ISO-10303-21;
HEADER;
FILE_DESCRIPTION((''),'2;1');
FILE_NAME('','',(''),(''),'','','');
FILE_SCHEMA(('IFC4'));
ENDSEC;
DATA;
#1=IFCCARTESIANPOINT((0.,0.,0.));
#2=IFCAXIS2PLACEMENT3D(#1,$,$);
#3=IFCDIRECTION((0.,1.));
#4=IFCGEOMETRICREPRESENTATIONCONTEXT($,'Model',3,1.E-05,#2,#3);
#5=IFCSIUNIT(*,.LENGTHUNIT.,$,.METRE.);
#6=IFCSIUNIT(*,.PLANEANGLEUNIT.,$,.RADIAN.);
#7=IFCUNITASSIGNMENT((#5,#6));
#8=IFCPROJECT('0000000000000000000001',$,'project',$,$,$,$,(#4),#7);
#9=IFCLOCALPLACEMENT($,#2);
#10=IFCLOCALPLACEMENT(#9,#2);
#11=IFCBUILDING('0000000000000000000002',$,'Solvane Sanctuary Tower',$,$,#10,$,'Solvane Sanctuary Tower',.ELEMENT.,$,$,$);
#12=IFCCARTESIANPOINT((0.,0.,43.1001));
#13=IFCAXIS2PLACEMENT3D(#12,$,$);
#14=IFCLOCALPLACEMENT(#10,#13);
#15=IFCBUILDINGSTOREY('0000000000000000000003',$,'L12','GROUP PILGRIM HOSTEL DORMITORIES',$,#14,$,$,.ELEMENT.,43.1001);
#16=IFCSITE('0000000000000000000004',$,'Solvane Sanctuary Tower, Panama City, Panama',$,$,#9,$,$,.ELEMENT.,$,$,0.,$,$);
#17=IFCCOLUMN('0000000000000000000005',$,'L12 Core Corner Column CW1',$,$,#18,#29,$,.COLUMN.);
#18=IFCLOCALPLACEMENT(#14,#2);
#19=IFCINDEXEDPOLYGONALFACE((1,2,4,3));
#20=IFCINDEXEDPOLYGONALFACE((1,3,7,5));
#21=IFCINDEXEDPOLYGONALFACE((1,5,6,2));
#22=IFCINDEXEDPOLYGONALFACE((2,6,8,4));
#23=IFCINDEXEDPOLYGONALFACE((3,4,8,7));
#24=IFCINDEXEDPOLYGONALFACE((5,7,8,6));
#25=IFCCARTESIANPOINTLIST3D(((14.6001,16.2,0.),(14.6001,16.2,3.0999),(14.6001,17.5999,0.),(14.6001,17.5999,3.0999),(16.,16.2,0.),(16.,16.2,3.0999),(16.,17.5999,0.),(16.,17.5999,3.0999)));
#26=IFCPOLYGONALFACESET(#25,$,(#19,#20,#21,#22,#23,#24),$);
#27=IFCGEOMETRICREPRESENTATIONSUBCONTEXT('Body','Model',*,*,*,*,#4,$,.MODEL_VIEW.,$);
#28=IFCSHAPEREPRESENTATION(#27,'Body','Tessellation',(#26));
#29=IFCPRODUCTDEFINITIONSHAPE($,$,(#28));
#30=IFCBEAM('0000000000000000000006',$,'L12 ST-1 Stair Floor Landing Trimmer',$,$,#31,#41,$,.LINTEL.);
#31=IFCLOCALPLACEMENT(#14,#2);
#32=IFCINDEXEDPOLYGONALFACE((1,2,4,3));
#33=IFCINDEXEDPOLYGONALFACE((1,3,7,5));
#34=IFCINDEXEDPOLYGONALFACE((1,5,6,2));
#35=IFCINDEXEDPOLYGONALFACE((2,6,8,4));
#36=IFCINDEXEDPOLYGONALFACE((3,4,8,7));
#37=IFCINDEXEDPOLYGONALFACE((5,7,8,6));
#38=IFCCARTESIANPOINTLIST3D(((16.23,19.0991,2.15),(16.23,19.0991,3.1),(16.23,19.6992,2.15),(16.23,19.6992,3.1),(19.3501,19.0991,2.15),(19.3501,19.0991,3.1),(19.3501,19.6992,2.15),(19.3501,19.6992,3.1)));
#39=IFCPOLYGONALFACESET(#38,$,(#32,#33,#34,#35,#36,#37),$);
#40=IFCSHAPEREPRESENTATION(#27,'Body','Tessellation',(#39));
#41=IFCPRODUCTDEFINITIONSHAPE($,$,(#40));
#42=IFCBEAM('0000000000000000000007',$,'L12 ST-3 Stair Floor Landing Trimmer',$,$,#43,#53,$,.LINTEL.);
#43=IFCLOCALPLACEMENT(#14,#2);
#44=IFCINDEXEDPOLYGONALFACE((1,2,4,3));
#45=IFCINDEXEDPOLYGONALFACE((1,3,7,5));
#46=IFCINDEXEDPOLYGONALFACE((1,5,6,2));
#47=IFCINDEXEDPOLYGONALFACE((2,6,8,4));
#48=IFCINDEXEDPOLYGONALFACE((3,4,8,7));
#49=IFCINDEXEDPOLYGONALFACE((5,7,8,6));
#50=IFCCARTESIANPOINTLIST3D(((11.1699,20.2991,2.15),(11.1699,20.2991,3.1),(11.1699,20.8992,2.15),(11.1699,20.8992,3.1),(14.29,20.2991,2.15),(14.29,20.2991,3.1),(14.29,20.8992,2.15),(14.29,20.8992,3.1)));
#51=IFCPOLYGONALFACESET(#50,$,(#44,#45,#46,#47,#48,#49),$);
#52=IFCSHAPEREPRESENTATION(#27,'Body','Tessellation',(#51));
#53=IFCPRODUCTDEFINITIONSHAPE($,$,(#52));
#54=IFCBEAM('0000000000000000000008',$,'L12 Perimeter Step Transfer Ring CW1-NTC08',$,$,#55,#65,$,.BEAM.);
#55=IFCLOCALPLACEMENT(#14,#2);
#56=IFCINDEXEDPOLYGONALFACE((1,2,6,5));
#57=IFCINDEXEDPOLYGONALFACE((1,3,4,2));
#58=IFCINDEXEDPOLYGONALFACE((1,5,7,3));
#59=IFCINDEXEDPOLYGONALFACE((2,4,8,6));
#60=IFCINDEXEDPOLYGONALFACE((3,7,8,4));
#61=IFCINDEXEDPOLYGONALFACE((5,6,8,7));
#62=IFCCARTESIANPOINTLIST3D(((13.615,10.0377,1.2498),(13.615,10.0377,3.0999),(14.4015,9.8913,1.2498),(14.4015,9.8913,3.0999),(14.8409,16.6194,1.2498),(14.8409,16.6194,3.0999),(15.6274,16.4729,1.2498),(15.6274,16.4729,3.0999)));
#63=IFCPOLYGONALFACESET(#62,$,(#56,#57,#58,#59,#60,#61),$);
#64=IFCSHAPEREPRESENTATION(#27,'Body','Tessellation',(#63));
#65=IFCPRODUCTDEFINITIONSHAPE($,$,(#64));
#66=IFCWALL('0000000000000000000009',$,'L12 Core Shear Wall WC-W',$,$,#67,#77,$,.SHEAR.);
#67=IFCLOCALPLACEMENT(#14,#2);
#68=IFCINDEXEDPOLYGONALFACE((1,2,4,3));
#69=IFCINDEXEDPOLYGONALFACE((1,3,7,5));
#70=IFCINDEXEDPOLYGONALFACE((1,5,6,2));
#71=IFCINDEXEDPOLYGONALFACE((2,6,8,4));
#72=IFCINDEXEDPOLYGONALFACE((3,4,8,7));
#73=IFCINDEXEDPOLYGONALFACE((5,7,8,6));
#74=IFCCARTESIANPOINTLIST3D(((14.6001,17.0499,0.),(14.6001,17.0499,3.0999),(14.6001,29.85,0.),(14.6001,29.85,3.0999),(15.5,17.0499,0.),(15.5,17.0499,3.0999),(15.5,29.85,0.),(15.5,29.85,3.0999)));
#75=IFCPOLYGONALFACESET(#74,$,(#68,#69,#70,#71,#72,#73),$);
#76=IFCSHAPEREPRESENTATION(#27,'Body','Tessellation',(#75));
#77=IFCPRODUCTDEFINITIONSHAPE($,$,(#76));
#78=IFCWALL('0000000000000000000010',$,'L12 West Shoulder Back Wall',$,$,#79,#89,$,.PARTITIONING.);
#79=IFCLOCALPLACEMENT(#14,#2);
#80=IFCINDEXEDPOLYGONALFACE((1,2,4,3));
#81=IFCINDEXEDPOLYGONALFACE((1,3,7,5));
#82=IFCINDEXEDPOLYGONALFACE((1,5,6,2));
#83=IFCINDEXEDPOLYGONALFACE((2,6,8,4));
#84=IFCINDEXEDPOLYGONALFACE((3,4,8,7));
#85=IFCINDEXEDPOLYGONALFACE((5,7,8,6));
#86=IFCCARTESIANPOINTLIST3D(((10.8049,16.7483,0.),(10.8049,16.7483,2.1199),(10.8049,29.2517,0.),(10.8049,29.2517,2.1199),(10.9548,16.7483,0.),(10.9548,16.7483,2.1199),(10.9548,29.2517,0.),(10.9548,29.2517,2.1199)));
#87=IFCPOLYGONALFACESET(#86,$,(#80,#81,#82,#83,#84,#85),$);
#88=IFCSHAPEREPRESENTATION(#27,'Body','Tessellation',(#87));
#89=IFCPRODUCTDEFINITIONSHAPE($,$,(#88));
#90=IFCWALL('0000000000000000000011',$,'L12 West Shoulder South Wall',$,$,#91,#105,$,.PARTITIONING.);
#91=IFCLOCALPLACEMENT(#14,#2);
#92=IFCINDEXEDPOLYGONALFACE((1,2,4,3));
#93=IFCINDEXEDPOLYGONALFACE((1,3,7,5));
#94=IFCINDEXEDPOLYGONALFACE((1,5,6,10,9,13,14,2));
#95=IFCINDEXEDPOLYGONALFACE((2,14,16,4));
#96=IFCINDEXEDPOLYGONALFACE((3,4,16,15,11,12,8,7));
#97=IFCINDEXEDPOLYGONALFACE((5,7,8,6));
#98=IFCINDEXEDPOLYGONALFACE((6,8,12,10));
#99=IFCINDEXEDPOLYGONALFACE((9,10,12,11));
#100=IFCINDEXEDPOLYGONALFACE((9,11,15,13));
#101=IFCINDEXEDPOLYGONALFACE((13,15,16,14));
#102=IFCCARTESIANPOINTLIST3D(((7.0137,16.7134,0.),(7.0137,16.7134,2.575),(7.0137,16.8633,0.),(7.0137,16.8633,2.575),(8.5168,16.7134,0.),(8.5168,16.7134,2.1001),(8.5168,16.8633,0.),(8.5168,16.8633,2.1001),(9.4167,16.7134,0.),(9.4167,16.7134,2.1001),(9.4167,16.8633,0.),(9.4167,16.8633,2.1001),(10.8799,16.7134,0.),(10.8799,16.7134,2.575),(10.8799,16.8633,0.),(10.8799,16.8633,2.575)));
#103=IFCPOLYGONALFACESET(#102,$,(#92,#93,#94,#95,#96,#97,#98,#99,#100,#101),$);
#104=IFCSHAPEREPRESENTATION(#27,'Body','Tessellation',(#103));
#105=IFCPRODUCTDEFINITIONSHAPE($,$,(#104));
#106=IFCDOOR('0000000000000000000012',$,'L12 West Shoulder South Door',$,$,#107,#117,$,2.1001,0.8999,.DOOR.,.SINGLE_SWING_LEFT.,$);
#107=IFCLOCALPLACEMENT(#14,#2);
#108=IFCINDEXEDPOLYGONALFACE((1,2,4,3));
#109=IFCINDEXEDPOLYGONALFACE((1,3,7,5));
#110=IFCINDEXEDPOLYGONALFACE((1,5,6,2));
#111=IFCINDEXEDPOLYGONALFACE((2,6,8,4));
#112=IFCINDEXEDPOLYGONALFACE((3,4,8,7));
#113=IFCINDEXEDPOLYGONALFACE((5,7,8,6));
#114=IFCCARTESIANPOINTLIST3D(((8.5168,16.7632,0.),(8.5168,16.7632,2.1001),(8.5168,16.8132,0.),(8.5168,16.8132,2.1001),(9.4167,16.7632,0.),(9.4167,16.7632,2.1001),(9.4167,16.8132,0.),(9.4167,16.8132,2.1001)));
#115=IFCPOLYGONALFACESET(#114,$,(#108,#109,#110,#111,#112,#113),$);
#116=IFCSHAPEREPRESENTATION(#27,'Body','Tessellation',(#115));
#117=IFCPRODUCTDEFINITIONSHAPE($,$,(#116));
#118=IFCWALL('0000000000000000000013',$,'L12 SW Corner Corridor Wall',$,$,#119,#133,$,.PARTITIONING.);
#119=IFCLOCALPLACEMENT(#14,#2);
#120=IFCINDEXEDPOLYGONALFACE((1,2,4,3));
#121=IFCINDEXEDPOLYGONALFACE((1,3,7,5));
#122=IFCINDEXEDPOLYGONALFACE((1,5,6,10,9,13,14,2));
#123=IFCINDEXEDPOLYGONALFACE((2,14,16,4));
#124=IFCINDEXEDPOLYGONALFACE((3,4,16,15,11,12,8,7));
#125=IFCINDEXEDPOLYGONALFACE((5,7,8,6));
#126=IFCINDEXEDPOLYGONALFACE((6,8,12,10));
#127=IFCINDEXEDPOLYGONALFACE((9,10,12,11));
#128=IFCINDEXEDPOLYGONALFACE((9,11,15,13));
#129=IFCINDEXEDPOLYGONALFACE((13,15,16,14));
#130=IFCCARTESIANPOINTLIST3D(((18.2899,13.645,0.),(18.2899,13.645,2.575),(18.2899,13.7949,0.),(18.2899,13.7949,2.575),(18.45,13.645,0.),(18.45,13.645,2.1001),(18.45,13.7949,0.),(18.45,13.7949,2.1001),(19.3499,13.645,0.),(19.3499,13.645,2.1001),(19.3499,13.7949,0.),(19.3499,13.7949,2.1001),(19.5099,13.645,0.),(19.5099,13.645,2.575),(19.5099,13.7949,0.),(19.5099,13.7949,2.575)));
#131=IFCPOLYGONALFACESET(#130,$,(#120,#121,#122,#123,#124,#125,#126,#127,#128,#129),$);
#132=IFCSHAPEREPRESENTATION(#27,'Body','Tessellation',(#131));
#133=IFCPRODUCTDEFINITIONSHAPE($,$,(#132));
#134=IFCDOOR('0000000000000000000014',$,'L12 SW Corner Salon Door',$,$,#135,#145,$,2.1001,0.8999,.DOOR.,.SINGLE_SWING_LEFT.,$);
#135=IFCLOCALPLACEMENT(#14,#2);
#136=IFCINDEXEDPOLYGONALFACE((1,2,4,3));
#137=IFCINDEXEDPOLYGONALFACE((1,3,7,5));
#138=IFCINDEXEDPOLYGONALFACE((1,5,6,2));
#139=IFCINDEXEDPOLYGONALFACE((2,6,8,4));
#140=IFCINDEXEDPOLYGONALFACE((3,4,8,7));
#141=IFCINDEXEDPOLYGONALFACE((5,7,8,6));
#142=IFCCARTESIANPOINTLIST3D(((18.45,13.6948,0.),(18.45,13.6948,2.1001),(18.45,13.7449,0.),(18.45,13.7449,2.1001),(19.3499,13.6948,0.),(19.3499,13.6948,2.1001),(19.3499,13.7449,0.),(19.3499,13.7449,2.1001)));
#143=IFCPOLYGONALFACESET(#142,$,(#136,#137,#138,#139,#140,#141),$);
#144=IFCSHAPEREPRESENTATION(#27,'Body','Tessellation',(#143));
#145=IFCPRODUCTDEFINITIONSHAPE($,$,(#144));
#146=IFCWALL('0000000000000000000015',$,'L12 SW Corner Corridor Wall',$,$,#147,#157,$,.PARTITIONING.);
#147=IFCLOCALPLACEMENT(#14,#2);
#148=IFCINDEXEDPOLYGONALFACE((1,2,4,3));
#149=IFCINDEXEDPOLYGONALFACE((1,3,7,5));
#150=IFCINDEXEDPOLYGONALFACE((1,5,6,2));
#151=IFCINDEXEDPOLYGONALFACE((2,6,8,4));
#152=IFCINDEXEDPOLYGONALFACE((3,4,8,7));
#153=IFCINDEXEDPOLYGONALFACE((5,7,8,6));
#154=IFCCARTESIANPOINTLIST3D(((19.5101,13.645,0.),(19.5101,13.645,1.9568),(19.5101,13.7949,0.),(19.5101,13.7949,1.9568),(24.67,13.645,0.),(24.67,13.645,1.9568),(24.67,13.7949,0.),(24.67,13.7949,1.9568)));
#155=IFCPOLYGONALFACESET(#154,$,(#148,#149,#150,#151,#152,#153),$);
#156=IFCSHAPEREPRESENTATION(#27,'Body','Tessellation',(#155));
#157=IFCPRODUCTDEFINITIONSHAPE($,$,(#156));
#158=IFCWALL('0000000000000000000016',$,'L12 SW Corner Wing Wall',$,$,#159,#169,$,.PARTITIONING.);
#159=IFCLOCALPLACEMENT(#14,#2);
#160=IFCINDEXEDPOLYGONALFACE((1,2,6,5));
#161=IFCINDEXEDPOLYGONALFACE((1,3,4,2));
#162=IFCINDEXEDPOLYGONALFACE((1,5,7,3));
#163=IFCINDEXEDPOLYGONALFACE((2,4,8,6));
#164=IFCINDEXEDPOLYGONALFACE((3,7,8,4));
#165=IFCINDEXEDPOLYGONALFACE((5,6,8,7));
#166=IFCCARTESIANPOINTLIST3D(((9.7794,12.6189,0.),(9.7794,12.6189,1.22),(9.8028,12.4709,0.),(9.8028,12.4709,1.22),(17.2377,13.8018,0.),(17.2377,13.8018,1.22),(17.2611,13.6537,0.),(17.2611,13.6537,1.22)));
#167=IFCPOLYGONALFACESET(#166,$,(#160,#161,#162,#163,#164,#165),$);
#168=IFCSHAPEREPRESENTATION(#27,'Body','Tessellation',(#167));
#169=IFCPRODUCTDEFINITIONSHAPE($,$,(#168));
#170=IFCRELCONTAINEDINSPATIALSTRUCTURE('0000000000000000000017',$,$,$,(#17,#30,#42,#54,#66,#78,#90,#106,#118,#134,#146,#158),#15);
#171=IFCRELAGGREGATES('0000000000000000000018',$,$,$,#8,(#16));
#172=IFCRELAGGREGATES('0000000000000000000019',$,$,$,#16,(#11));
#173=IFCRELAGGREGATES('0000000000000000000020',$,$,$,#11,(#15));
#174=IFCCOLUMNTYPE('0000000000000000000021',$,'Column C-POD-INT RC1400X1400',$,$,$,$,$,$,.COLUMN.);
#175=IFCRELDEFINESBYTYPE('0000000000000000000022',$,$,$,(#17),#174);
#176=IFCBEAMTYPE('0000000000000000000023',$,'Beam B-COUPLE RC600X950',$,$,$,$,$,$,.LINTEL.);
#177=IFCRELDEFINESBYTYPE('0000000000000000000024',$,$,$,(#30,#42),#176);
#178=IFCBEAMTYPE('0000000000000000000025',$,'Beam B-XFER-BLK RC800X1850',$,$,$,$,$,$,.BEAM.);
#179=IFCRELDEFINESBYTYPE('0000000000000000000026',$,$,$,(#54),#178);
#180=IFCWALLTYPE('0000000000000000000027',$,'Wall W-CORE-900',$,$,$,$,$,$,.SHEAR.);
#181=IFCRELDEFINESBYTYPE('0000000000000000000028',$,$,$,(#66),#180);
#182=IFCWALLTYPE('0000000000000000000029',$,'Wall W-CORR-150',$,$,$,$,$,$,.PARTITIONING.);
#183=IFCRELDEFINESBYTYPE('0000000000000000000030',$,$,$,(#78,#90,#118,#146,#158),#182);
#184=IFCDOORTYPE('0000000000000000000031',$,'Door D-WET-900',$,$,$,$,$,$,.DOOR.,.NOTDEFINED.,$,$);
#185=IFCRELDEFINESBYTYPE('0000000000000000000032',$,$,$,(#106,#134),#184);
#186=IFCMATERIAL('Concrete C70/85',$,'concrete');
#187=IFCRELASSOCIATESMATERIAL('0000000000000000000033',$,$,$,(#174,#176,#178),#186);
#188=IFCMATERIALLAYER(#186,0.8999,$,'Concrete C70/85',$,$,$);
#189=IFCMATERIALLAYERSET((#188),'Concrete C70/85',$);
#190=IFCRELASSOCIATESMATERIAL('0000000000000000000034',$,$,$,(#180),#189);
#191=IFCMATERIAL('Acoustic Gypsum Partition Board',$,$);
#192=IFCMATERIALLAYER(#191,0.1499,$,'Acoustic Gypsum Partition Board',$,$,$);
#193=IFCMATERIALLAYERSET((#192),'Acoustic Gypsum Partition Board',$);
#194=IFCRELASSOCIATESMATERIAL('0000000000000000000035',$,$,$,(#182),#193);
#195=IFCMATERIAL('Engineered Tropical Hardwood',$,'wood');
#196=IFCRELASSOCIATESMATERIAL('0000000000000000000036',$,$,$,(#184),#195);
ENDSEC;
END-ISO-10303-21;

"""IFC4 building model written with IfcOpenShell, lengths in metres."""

from ifc_helpers import new_model, si_unit, direction, frame, frame_2d, origin, origin_2d, place, context, subcontext, project, spatial, rectangle, extrude, material, layer, layer_set, material_profile, profile_set, type_object, element, fill, save


model = new_model("IFC4")

# Units and contexts
model_context = context("Model", 3, precision=1e-05, world=origin(), true_north=direction((0.0, 1.0)))
body_context = subcontext(model_context, "Body", "Model", "MODEL_VIEW")
ifc_project = project(units=[si_unit("LENGTHUNIT", "METRE"), si_unit("PLANEANGLEUNIT", "RADIAN")], contexts=[model_context])

# Site, building, storey
site_placement = place(None, origin())
site = spatial("IfcSite", under=ifc_project, at=site_placement, Name="Solvane Sanctuary Tower, Panama City, Panama", CompositionType="ELEMENT", RefElevation=0.0)
building_placement = place(site_placement, origin())
building = spatial("IfcBuilding", under=site, at=building_placement, Name="Solvane Sanctuary Tower", LongName="Solvane Sanctuary Tower", CompositionType="ELEMENT")
storey_placement = place(building_placement, frame((0.0, 0.0, 43.1001)))
storey = spatial("IfcBuildingStorey", under=building, at=storey_placement, Name="L12", Description="GROUP PILGRIM HOSTEL DORMITORIES", CompositionType="ELEMENT", Elevation=43.1001)

# Column
ifc_material_1 = material(Name="Concrete C70/85", Category="concrete")
ifc_material_profile_1 = material_profile(ifc_material_1, rectangle(XDim=1.3999, YDim=1.3999, at=origin_2d()), Name="RC1400X1400")
ifc_profile_set_1 = profile_set([ifc_material_profile_1], Name="Concrete C70/85")
column_type = type_object("IfcColumnType", Name="Column C-POD-INT RC1400X1400", PredefinedType="COLUMN", material=ifc_profile_set_1)
column_placement = place(storey_placement, frame((15.3, 16.8999, 0.0), z_axis=(0.0, 0.0, 1.0), x_axis=(1.0, 0.0, 0.0)))
element("IfcColumn", 1, at=column_placement, inside=storey, type_object=column_type, Name="L12 Core Corner Column CW1", PredefinedType="COLUMN", context=body_context, shape_type="SweptSolid", body=[
    extrude(rectangle(XDim=1.3999, YDim=1.3999, at=origin_2d()), origin(), (0.0, 0.0, 1.0), 3.0999),
])

# Beams
ifc_material_profile_2 = material_profile(ifc_material_1, rectangle(XDim=0.6001, YDim=0.95, at=origin_2d()), Name="RC600X950")
ifc_profile_set_2 = profile_set([ifc_material_profile_2], Name="Concrete C70/85")
beam_type_1 = type_object("IfcBeamType", Name="Beam B-COUPLE RC600X950", PredefinedType="LINTEL", material=ifc_profile_set_2)
for number, where, z_axis, x_axis, name in (
    (2, (16.23, 19.3992, 2.625), (1.0, 0.0, 0.0), (0.0, 1.0, 0.0), "L12 ST-1 Stair Floor Landing Trimmer"),
    (3, (11.1699, 20.5991, 2.625), (1.0, 0.0, 0.0), (0.0, 1.0, 0.0), "L12 ST-3 Stair Floor Landing Trimmer"),
):
    element("IfcBeam", number, at=place(storey_placement, frame(where, z_axis=z_axis, x_axis=x_axis)), inside=storey, type_object=beam_type_1, Name=name, PredefinedType="LINTEL", context=body_context, shape_type="SweptSolid", body=[
        extrude(rectangle(XDim=0.6001, YDim=0.95, at=origin_2d()), origin(), (0.0, 0.0, 1.0), 3.1201),
    ])
ifc_material_profile_3 = material_profile(ifc_material_1, rectangle(XDim=0.8, YDim=1.8501, at=origin_2d()), Name="RC800X1850")
ifc_profile_set_3 = profile_set([ifc_material_profile_3], Name="Concrete C70/85")
beam_type_2 = type_object("IfcBeamType", Name="Beam B-XFER-BLK RC800X1850", PredefinedType="BEAM", material=ifc_profile_set_3)
beam_placement = place(storey_placement, frame((15.2341, 16.5461, 2.1748), z_axis=(-0.183104, -0.983094, 0.0), x_axis=(0.983094, -0.183104, 0.0)))
element("IfcBeam", 4, at=beam_placement, inside=storey, type_object=beam_type_2, Name="L12 Perimeter Step Transfer Ring CW1-NTC08", PredefinedType="BEAM", context=body_context, shape_type="SweptSolid", body=[
    extrude(rectangle(XDim=0.8, YDim=1.8501, at=origin_2d()), origin(), (0.0, 0.0, 1.0), 6.6948),
])

# Walls
ifc_layer_1 = layer(ifc_material_1, 0.8999, Name="Concrete C70/85")
ifc_layer_set_1 = layer_set([ifc_layer_1], Name="Concrete C70/85")
wall_type_1 = type_object("IfcWallType", Name="Wall W-CORE-900", PredefinedType="SHEAR", material=ifc_layer_set_1)
wall_1_placement = place(storey_placement, frame((15.05, 17.05, 0.0), z_axis=(0.0, 0.0, 1.0), x_axis=(0.0, 1.0, 0.0)))
element("IfcWall", 5, at=wall_1_placement, inside=storey, type_object=wall_type_1, Name="L12 Core Shear Wall WC-W", PredefinedType="SHEAR", context=body_context, shape_type="SweptSolid", body=[
    extrude(rectangle(XDim=12.8, YDim=0.8999, at=frame_2d((6.3999, 0.0))), origin(), (0.0, 0.0, 1.0), 3.0999),
])
ifc_material_2 = material(Name="Acoustic Gypsum Partition Board")
ifc_layer_2 = layer(ifc_material_2, 0.1499, Name="Acoustic Gypsum Partition Board")
ifc_layer_set_2 = layer_set([ifc_layer_2], Name="Acoustic Gypsum Partition Board")
wall_type_2 = type_object("IfcWallType", Name="Wall W-CORR-150", PredefinedType="PARTITIONING", material=ifc_layer_set_2)
wall_2_placement = place(storey_placement, frame((10.8799, 16.7483, 0.0), z_axis=(0.0, 0.0, 1.0), x_axis=(0.0, 1.0, 0.0)))
element("IfcWall", 6, at=wall_2_placement, inside=storey, type_object=wall_type_2, Name="L12 West Shoulder Back Wall", PredefinedType="PARTITIONING", context=body_context, shape_type="SweptSolid", body=[
    extrude(rectangle(XDim=12.5034, YDim=0.1499, at=frame_2d((6.2517, 0.0))), origin(), (0.0, 0.0, 1.0), 2.1199),
])

# Walls, openings, doors
wall_3_placement = place(storey_placement, frame((7.0137, 16.7883, 0.0), z_axis=(0.0, 0.0, 1.0), x_axis=(1.0, 0.0, 0.0)))
wall_3 = element("IfcWall", 7, at=wall_3_placement, inside=storey, type_object=wall_type_2, Name="L12 West Shoulder South Wall", PredefinedType="PARTITIONING", context=body_context, shape_type="SweptSolid", body=[
    extrude(rectangle(XDim=3.8662, YDim=0.1499, at=frame_2d((1.9331, 0.0))), origin(), (0.0, 0.0, 1.0), 2.575),
])
opening_1_placement = place(wall_3_placement, frame((1.5032, 0.0, 0.0)))
opening_1 = element("IfcOpeningElement", 8, at=opening_1_placement, cuts=wall_3, PredefinedType="OPENING", context=body_context, shape_type="SweptSolid", body=[
    extrude(rectangle(XDim=0.8999, YDim=2.1001, at=frame_2d((0.45, 1.05))), frame((0.0, 0.085, 0.0), z_axis=(0.0, -1.0, 0.0), x_axis=(1.0, 0.0, 0.0)), (0.0, 0.0, 1.0), 0.1699),
])
ifc_material_3 = material(Name="Engineered Tropical Hardwood", Category="wood")
door_type_1 = type_object("IfcDoorType", Name="Door D-WET-900", OperationType="NOTDEFINED", PredefinedType="DOOR", material=ifc_material_3)
door_1_placement = place(opening_1_placement, origin())
door_1 = element("IfcDoor", 9, at=door_1_placement, inside=storey, type_object=door_type_1, Name="L12 West Shoulder South Door", OperationType="SINGLE_SWING_LEFT", OverallHeight=2.1001, OverallWidth=0.8999, PredefinedType="DOOR", context=body_context, shape_type="SweptSolid", body=[
    extrude(rectangle(XDim=0.8999, YDim=2.1001, at=frame_2d((0.45, 1.05))), frame((0.0, 0.0249, 0.0), z_axis=(0.0, -1.0, 0.0), x_axis=(1.0, 0.0, 0.0)), (0.0, 0.0, 1.0), 0.05),
])
fill(opening_1, door_1)
wall_4_placement = place(storey_placement, frame((18.29, 13.72, 0.0), z_axis=(0.0, 0.0, 1.0), x_axis=(1.0, 0.0, 0.0)))
wall_4 = element("IfcWall", 10, at=wall_4_placement, inside=storey, type_object=wall_type_2, Name="L12 SW Corner Corridor Wall", PredefinedType="PARTITIONING", context=body_context, shape_type="SweptSolid", body=[
    extrude(rectangle(XDim=1.22, YDim=0.1499, at=frame_2d((0.6099, 0.0))), origin(), (0.0, 0.0, 1.0), 2.575),
])
opening_2_placement = place(wall_4_placement, frame((0.1599, 0.0, 0.0)))
opening_2 = element("IfcOpeningElement", 11, at=opening_2_placement, cuts=wall_4, PredefinedType="OPENING", context=body_context, shape_type="SweptSolid", body=[
    extrude(rectangle(XDim=0.8999, YDim=2.1001, at=frame_2d((0.45, 1.05))), frame((0.0, 0.085, 0.0), z_axis=(0.0, -1.0, 0.0), x_axis=(1.0, 0.0, 0.0)), (0.0, 0.0, 1.0), 0.1699),
])
door_2_placement = place(opening_2_placement, origin())
door_2 = element("IfcDoor", 12, at=door_2_placement, inside=storey, type_object=door_type_1, Name="L12 SW Corner Salon Door", OperationType="SINGLE_SWING_LEFT", OverallHeight=2.1001, OverallWidth=0.8999, PredefinedType="DOOR", context=body_context, shape_type="SweptSolid", body=[
    extrude(rectangle(XDim=0.8999, YDim=2.1001, at=frame_2d((0.45, 1.05))), frame((0.0, 0.0249, 0.0), z_axis=(0.0, -1.0, 0.0), x_axis=(1.0, 0.0, 0.0)), (0.0, 0.0, 1.0), 0.05),
])
fill(opening_2, door_2)

# Walls
wall_5_placement = place(storey_placement, frame((19.51, 13.72, 0.0), z_axis=(0.0, 0.0, 1.0), x_axis=(1.0, 0.0, 0.0)))
element("IfcWall", 13, at=wall_5_placement, inside=storey, type_object=wall_type_2, Name="L12 SW Corner Corridor Wall", PredefinedType="PARTITIONING", context=body_context, shape_type="SweptSolid", body=[
    extrude(rectangle(XDim=5.1599, YDim=0.1499, at=frame_2d((2.5801, 0.0))), origin(), (0.0, 0.0, 1.0), 1.9568),
])
wall_6_placement = place(storey_placement, frame((17.2495, 13.7278, 0.0), z_axis=(0.0, 0.0, 1.0), x_axis=(-0.987656, -0.15664, 0.0)))
element("IfcWall", 14, at=wall_6_placement, inside=storey, type_object=wall_type_2, Name="L12 SW Corner Wing Wall", PredefinedType="PARTITIONING", context=body_context, shape_type="SweptSolid", body=[
    extrude(rectangle(XDim=7.5515, YDim=0.1499, at=frame_2d((3.7759, 0.0))), origin(), (0.0, 0.0, 1.0), 1.22),
])

save(model, "model.ifc")
